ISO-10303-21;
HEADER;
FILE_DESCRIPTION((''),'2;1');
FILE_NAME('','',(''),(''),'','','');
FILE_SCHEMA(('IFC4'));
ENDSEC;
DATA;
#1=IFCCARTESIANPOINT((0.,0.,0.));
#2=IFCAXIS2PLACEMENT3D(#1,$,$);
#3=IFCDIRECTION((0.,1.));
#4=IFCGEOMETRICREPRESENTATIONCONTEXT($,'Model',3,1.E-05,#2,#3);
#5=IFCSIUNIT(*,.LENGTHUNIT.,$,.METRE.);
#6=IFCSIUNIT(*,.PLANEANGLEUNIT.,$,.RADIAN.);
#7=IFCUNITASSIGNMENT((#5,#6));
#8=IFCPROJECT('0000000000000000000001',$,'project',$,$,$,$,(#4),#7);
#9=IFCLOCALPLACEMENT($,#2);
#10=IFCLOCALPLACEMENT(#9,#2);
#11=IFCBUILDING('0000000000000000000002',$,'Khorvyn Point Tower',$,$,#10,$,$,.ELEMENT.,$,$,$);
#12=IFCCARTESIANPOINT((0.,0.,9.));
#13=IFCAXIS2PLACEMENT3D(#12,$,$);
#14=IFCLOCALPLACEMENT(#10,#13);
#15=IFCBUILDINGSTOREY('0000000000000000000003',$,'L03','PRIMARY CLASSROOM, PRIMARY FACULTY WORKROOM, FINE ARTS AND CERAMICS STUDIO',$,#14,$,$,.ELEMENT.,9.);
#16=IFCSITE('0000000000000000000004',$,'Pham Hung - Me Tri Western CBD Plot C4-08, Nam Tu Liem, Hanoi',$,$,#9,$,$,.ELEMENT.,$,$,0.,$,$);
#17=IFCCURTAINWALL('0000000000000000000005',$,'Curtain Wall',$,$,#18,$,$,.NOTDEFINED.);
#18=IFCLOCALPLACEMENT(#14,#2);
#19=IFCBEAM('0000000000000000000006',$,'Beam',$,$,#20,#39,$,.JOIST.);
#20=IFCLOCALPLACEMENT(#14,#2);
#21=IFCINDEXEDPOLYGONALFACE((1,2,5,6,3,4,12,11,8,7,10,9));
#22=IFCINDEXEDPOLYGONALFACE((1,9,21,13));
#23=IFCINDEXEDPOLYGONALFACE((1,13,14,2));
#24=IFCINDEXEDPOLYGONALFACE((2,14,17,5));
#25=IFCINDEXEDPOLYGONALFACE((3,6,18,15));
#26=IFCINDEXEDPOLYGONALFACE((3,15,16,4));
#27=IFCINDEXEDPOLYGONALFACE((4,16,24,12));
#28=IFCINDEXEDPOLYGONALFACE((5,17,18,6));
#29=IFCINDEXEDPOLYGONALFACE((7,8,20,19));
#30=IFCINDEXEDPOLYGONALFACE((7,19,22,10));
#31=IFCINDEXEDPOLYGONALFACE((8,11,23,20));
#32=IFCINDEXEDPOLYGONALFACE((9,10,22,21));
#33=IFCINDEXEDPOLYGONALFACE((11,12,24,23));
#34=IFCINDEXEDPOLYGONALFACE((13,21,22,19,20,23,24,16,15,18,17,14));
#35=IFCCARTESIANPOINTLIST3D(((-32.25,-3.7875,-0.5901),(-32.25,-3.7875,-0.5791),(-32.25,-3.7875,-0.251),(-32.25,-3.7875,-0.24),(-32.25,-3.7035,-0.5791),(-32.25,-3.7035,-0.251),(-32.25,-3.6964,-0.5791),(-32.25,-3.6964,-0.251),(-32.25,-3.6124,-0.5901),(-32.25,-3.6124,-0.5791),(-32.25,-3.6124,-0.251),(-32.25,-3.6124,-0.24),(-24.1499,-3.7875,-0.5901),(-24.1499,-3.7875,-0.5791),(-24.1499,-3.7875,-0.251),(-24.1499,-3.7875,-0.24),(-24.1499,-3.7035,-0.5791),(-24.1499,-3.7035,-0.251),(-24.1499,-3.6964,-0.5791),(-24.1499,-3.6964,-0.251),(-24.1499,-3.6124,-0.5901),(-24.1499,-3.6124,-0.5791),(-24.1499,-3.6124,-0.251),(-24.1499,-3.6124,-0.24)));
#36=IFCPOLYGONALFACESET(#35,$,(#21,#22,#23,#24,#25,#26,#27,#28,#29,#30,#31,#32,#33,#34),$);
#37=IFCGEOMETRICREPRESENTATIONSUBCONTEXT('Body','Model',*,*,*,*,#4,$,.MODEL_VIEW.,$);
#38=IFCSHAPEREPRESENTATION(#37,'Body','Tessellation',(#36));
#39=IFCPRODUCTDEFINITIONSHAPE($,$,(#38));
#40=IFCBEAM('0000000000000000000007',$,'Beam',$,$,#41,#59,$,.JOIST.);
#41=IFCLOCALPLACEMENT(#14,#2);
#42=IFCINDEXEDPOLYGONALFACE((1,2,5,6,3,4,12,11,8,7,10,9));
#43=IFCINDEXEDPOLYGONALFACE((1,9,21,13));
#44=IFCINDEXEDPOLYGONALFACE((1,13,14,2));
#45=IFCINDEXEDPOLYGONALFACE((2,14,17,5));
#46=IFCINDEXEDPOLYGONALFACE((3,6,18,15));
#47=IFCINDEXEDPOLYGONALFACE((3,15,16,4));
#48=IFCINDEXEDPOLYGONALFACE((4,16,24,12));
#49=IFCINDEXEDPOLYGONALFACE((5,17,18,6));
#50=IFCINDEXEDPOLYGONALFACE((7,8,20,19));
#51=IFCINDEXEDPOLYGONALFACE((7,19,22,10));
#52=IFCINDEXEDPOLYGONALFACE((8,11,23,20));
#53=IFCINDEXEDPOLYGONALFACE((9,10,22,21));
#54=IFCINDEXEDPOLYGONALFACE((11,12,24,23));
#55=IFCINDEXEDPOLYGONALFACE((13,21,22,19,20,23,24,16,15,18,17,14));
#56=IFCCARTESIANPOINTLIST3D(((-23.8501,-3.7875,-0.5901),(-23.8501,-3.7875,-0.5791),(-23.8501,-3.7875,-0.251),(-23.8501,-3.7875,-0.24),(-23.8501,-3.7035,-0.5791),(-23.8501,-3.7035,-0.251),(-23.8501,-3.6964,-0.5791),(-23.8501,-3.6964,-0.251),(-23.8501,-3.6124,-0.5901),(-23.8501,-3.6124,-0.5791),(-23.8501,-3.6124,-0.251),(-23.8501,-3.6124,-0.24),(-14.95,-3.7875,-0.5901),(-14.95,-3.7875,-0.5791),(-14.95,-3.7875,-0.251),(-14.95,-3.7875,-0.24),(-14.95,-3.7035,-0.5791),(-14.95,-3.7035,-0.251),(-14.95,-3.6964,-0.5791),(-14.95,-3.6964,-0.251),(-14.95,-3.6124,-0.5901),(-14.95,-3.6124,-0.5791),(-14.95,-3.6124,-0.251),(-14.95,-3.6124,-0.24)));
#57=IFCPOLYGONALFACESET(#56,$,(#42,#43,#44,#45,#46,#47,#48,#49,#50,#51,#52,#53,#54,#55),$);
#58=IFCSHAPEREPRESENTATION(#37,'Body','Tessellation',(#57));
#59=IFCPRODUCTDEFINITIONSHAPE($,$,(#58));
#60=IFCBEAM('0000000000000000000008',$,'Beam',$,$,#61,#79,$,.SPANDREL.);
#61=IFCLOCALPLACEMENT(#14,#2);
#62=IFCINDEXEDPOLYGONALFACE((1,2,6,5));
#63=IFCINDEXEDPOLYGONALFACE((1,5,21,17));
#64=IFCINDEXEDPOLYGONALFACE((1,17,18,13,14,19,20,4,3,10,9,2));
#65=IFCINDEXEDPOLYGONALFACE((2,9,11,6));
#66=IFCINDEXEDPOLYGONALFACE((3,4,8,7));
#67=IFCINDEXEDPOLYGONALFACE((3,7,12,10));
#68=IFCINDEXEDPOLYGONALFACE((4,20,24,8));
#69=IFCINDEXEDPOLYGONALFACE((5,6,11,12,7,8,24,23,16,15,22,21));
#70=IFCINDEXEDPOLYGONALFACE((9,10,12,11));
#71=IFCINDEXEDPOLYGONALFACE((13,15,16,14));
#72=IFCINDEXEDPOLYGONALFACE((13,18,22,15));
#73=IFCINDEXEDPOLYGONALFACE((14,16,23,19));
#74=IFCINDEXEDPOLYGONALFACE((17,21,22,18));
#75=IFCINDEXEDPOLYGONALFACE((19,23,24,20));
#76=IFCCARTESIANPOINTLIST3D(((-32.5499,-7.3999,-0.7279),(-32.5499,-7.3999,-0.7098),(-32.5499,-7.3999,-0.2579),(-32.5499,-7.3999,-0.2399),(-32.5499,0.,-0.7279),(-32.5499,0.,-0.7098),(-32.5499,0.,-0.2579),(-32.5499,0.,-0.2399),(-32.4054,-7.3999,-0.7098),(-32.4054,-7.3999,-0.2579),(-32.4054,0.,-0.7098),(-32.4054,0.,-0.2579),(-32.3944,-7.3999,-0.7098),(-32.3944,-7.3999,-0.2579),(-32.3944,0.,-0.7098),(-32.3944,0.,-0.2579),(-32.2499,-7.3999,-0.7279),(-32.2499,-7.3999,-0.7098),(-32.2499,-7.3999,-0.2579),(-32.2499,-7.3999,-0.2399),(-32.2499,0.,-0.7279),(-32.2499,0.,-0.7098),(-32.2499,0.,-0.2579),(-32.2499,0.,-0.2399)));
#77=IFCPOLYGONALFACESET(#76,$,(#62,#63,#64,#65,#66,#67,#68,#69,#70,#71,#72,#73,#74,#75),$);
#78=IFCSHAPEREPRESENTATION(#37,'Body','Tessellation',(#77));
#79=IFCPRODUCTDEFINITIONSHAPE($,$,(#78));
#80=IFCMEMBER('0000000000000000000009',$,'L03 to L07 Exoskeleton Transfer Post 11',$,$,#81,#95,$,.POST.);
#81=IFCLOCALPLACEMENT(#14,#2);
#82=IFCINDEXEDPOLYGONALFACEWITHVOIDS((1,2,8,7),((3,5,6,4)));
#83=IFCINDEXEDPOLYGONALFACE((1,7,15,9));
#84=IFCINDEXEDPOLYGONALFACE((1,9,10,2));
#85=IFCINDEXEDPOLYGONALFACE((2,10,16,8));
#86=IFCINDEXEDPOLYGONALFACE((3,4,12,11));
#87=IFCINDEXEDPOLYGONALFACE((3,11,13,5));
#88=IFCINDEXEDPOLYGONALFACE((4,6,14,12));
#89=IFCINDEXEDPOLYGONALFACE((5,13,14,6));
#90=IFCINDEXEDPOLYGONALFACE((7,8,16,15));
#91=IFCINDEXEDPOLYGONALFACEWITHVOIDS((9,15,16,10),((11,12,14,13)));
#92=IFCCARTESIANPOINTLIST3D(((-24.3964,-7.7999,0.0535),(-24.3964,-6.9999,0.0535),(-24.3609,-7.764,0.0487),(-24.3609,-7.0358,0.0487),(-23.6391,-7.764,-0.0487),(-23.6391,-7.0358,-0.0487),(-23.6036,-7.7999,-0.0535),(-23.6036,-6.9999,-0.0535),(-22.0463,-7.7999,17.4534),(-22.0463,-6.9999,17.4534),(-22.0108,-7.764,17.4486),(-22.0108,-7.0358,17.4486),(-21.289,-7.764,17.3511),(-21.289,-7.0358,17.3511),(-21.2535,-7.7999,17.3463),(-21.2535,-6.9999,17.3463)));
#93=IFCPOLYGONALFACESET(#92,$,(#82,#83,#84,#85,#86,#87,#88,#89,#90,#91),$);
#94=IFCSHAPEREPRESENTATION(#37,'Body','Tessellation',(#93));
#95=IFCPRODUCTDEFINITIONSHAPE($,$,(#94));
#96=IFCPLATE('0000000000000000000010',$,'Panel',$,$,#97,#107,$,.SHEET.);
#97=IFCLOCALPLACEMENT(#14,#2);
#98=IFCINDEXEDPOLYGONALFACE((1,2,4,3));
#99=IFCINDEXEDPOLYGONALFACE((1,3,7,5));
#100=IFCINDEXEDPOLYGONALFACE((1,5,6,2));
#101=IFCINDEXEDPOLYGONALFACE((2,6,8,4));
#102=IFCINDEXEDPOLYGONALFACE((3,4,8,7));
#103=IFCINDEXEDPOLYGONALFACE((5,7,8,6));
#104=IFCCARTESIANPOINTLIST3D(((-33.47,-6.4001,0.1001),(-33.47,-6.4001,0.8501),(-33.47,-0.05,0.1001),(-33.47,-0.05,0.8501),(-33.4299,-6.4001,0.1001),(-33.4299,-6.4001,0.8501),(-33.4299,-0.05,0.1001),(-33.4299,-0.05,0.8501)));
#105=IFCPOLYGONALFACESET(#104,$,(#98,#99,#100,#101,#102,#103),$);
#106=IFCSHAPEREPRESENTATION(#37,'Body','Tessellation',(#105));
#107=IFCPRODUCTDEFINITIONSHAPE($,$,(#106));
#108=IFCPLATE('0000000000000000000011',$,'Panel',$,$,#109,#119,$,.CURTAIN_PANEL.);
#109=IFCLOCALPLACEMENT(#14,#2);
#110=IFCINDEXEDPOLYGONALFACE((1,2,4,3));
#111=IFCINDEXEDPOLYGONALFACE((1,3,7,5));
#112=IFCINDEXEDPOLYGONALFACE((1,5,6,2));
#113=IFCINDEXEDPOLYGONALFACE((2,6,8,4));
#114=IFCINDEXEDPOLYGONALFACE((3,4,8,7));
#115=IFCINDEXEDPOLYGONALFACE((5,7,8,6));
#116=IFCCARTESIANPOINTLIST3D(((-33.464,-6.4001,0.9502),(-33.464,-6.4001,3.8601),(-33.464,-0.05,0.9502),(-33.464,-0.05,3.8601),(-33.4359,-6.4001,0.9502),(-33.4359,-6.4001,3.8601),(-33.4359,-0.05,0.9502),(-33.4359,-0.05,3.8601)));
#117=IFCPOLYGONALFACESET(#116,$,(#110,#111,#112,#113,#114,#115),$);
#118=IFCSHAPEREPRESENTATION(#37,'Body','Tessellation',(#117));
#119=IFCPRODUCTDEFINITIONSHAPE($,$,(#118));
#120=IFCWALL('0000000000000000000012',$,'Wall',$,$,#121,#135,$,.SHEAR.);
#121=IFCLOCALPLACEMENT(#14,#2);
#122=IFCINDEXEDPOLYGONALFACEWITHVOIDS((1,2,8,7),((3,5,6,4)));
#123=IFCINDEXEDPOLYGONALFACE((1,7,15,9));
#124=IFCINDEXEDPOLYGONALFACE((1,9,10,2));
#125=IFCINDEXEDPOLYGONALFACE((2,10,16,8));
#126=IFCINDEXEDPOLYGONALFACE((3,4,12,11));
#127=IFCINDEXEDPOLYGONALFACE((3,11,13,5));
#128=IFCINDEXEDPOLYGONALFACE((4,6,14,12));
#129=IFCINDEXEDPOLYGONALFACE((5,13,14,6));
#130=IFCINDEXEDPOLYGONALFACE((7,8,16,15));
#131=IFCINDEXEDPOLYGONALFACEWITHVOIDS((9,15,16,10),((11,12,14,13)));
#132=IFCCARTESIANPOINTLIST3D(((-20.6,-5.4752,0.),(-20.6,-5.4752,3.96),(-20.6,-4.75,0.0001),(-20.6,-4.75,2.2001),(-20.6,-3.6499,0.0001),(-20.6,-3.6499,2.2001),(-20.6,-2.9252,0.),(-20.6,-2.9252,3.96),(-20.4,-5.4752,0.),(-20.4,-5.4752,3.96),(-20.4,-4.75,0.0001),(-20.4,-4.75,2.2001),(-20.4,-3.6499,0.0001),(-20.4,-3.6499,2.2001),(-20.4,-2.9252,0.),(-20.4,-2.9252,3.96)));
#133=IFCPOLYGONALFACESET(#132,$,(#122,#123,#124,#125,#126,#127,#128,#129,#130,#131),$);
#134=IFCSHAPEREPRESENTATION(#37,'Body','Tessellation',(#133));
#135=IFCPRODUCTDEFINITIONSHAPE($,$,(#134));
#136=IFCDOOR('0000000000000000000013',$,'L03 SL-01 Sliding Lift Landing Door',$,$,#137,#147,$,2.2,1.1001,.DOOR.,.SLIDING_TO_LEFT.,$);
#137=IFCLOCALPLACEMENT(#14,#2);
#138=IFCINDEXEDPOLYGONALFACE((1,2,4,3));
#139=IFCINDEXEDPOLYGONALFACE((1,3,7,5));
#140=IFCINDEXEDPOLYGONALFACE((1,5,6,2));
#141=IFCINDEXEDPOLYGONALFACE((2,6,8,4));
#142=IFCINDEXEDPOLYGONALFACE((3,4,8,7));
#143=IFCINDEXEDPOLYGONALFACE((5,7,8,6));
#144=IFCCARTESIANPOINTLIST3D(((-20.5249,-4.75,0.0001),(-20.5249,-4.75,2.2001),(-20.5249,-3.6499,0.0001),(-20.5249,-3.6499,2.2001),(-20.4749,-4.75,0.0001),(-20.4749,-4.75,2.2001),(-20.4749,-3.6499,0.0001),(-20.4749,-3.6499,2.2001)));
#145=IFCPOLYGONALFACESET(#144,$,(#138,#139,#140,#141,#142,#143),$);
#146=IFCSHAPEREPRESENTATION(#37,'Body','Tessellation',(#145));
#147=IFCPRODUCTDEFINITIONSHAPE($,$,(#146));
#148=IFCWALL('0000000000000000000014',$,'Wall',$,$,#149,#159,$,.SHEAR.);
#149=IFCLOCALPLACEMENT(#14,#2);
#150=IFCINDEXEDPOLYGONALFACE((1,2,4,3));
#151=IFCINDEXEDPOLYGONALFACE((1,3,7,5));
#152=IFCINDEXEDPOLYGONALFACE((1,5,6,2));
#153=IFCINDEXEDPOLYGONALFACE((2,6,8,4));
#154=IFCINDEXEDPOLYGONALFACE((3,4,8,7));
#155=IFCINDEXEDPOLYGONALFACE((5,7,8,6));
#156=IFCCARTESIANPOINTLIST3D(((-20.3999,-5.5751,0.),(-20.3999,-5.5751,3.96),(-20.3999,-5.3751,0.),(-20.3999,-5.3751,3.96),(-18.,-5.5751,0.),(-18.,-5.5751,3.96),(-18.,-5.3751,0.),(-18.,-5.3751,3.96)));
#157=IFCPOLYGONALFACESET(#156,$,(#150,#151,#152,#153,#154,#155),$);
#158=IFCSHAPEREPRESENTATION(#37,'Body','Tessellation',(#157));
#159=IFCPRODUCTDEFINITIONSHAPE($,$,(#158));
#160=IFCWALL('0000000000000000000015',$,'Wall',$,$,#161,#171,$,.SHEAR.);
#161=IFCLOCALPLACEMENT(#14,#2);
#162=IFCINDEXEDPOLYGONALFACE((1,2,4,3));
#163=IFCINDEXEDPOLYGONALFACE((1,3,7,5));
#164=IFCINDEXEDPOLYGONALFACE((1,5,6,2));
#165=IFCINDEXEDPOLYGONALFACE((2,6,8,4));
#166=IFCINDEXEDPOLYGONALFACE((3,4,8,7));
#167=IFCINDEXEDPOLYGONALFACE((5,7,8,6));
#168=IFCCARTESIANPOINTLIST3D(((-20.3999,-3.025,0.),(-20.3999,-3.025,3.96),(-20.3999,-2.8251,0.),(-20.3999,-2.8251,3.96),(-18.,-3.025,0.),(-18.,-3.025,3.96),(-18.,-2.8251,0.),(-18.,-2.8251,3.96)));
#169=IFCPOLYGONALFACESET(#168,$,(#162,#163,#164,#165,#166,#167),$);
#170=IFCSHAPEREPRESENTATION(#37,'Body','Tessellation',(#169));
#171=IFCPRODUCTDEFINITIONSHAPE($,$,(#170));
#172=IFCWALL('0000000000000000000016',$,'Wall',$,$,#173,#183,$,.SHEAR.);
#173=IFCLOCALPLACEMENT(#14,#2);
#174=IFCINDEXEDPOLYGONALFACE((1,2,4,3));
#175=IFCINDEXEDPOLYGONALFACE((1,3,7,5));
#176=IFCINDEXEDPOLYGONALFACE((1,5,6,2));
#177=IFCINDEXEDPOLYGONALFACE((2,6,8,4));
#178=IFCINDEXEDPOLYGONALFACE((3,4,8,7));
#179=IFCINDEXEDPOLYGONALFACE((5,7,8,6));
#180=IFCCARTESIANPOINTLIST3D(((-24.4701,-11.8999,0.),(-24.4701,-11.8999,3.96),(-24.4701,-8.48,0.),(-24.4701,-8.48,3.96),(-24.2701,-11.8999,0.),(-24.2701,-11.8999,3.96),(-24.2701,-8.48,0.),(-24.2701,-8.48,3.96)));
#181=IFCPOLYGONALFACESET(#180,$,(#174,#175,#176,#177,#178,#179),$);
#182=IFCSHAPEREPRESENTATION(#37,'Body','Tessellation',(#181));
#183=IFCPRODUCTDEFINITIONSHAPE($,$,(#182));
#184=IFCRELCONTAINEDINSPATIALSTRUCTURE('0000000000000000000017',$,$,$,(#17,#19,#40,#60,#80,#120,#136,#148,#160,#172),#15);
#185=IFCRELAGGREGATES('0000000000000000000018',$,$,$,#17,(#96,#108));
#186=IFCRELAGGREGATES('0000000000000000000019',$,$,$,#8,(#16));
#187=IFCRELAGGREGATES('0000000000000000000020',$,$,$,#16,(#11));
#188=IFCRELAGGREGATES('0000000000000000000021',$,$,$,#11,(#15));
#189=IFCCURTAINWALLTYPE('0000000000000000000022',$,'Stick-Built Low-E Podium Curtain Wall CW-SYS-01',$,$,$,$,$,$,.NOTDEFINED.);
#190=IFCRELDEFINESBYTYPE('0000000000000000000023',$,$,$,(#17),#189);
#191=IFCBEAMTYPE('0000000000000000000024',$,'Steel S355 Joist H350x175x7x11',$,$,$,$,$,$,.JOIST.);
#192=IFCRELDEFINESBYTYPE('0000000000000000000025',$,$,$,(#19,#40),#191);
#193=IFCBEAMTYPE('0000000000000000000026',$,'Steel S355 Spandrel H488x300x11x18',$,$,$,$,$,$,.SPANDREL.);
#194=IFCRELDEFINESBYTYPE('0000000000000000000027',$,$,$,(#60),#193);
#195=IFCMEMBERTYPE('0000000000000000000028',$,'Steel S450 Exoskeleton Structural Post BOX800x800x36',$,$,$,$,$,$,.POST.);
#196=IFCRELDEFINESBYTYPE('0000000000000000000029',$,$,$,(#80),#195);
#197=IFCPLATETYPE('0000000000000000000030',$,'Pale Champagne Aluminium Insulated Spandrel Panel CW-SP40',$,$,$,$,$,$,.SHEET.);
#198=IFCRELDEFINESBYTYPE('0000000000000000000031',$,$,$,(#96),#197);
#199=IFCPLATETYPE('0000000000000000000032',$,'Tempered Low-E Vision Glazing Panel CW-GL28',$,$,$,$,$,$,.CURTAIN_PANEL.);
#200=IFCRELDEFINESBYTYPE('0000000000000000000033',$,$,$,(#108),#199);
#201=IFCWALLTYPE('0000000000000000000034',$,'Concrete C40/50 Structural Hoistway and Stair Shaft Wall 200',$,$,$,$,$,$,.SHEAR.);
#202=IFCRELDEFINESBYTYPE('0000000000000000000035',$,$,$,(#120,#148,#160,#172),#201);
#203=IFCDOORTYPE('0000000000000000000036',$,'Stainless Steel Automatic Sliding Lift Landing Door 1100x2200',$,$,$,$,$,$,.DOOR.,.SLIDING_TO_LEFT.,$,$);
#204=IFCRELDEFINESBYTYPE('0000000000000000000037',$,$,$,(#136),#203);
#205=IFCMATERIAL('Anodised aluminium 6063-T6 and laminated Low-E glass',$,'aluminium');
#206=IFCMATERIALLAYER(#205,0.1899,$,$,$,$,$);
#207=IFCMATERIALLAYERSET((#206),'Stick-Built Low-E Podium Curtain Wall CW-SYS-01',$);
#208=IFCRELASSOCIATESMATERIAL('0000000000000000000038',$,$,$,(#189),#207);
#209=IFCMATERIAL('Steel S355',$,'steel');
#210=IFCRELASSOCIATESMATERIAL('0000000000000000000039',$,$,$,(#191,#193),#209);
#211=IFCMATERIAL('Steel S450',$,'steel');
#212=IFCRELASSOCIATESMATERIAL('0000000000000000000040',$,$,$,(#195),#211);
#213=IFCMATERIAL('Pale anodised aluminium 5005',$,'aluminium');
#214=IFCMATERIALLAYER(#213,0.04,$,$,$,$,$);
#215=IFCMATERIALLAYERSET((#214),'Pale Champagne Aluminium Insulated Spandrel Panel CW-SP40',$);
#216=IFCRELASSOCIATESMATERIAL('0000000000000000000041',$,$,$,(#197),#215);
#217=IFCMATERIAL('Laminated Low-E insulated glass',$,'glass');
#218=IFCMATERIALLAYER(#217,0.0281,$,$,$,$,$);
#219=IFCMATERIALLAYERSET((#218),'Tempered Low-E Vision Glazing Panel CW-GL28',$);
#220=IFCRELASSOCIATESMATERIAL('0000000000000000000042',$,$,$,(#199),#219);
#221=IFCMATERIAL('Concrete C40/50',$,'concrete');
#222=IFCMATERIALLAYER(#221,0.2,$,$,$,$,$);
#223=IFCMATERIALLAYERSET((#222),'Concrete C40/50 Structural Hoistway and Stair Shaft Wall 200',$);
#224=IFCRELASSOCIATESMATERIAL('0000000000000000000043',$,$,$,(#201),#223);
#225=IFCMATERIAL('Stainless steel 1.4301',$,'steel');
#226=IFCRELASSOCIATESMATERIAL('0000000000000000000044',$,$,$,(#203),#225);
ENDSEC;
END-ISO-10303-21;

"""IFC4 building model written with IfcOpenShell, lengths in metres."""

from ifc_helpers import new_model, si_unit, direction, frame, frame_2d, origin, origin_2d, place, context, subcontext, project, spatial, rectangle, hollow_rectangle, i_section, extrude, material, layer, layer_set, material_profile, profile_set, type_object, element, fill, aggregate, save


model = new_model("IFC4")

# Units and contexts
model_context = context("Model", 3, precision=1e-05, world=origin(), true_north=direction((0.0, 1.0)))
body_context = subcontext(model_context, "Body", "Model", "MODEL_VIEW")
ifc_project = project(units=[si_unit("LENGTHUNIT", "METRE"), si_unit("PLANEANGLEUNIT", "RADIAN")], contexts=[model_context])

# Site, building, storey
site_placement = place(None, origin())
site = spatial("IfcSite", under=ifc_project, at=site_placement, Name="Pham Hung - Me Tri Western CBD Plot C4-08, Nam Tu Liem, Hanoi", CompositionType="ELEMENT", RefElevation=0.0)
building_placement = place(site_placement, origin())
building = spatial("IfcBuilding", under=site, at=building_placement, Name="Khorvyn Point Tower", CompositionType="ELEMENT")
storey_placement = place(building_placement, frame((0.0, 0.0, 9.0)))
storey = spatial("IfcBuildingStorey", under=building, at=storey_placement, Name="L03", Description="PRIMARY CLASSROOM, PRIMARY FACULTY WORKROOM, FINE ARTS AND CERAMICS STUDIO", CompositionType="ELEMENT", Elevation=9.0)

# Shared definitions
ifc_material_1 = material(Name="Concrete C40/50", Category="concrete")

# Curtain wall
ifc_material_2 = material(Name="Anodised aluminium 6063-T6 and laminated Low-E glass", Category="aluminium")
ifc_layer_1 = layer(ifc_material_2, 0.1899)
ifc_layer_set_1 = layer_set([ifc_layer_1], Name="Stick-Built Low-E Podium Curtain Wall CW-SYS-01")
curtain_wall_type = type_object("IfcCurtainWallType", Name="Stick-Built Low-E Podium Curtain Wall CW-SYS-01", PredefinedType="NOTDEFINED", material=ifc_layer_set_1)
curtain_wall_placement = place(storey_placement, origin())
curtain_wall = element("IfcCurtainWall", 1, at=curtain_wall_placement, inside=storey, type_object=curtain_wall_type, Name="Curtain Wall", PredefinedType="NOTDEFINED")

# Beams
ifc_material_3 = material(Name="Steel S355", Category="steel")
ifc_material_profile_1 = material_profile(ifc_material_3, i_section(OverallWidth=0.175, OverallDepth=0.3501, WebThickness=0.0071, FlangeThickness=0.011, at=origin_2d()))
ifc_profile_set_1 = profile_set([ifc_material_profile_1], Name="Steel S355 H350x175x7x11")
beam_type_1 = type_object("IfcBeamType", Name="Steel S355 Joist H350x175x7x11", PredefinedType="JOIST", material=ifc_profile_set_1)
beam_1_placement = place(storey_placement, frame((-32.25, -3.7, -0.415), z_axis=(1.0, 0.0, 0.0), x_axis=(0.0, 1.0, 0.0)))
element("IfcBeam", 2, at=beam_1_placement, inside=storey, type_object=beam_type_1, Name="Beam", PredefinedType="JOIST", context=body_context, shape_type="SweptSolid", body=[
    extrude(i_section(OverallWidth=0.175, OverallDepth=0.3501, WebThickness=0.0071, FlangeThickness=0.011, at=origin_2d()), origin(), (0.0, 0.0, 1.0), 8.1001),
])
beam_2_placement = place(storey_placement, frame((-23.8501, -3.7, -0.415), z_axis=(1.0, 0.0, 0.0), x_axis=(0.0, 1.0, 0.0)))
element("IfcBeam", 3, at=beam_2_placement, inside=storey, type_object=beam_type_1, Name="Beam", PredefinedType="JOIST", context=body_context, shape_type="SweptSolid", body=[
    extrude(i_section(OverallWidth=0.175, OverallDepth=0.3501, WebThickness=0.0071, FlangeThickness=0.011, at=origin_2d()), origin(), (0.0, 0.0, 1.0), 8.9001),
])
ifc_material_profile_2 = material_profile(ifc_material_3, i_section(OverallWidth=0.3, OverallDepth=0.488, WebThickness=0.011, FlangeThickness=0.0181, at=origin_2d()))
ifc_profile_set_2 = profile_set([ifc_material_profile_2], Name="Steel S355 H488x300x11x18")
beam_type_2 = type_object("IfcBeamType", Name="Steel S355 Spandrel H488x300x11x18", PredefinedType="SPANDREL", material=ifc_profile_set_2)
beam_3_placement = place(storey_placement, frame((-32.3999, -7.3999, -0.4839), z_axis=(0.0, 1.0, 0.0), x_axis=(-1.0, 0.0, 0.0)))
element("IfcBeam", 4, at=beam_3_placement, inside=storey, type_object=beam_type_2, Name="Beam", PredefinedType="SPANDREL", context=body_context, shape_type="SweptSolid", body=[
    extrude(i_section(OverallWidth=0.3, OverallDepth=0.488, WebThickness=0.011, FlangeThickness=0.0181, at=origin_2d()), origin(), (0.0, 0.0, 1.0), 7.3999),
])

# Member
ifc_material_4 = material(Name="Steel S450", Category="steel")
ifc_material_profile_3 = material_profile(ifc_material_4, hollow_rectangle(XDim=0.8, YDim=0.8, WallThickness=0.0359, at=origin_2d()))
ifc_profile_set_3 = profile_set([ifc_material_profile_3], Name="Steel S450 BOX800x800x36")
member_type_1 = type_object("IfcMemberType", Name="Steel S450 Exoskeleton Structural Post BOX800x800x36", PredefinedType="POST", material=ifc_profile_set_3)
member_1_placement = place(storey_placement, frame((-24.0, -7.3999, 0.0), z_axis=(0.133849, 0.0, 0.991002), x_axis=(0.0, 1.0, 0.0)))
element("IfcMember", 5, at=member_1_placement, inside=storey, type_object=member_type_1, Name="L03 to L07 Exoskeleton Transfer Post 11", PredefinedType="POST", context=body_context, shape_type="SweptSolid", body=[
    extrude(hollow_rectangle(XDim=0.8, YDim=0.8, WallThickness=0.0359, at=origin_2d()), origin(), (0.0, 0.0, 1.0), 17.5579),
])

# Plates
ifc_material_5 = material(Name="Pale anodised aluminium 5005", Category="aluminium")
ifc_layer_2 = layer(ifc_material_5, 0.04)
ifc_layer_set_2 = layer_set([ifc_layer_2], Name="Pale Champagne Aluminium Insulated Spandrel Panel CW-SP40")
plate_type_1 = type_object("IfcPlateType", Name="Pale Champagne Aluminium Insulated Spandrel Panel CW-SP40", PredefinedType="SHEET", material=ifc_layer_set_2)
plate_1_placement = place(storey_placement, frame((-33.45, -3.2251, 0.1001), z_axis=(0.0, 0.0, 1.0), x_axis=(0.0, 1.0, 0.0)))
plate_1 = element("IfcPlate", 6, at=plate_1_placement, type_object=plate_type_1, Name="Panel", PredefinedType="SHEET", context=body_context, shape_type="SweptSolid", body=[
    extrude(rectangle(XDim=6.3501, YDim=0.04, at=origin_2d()), origin(), (0.0, 0.0, 1.0), 0.75),
])
ifc_material_6 = material(Name="Laminated Low-E insulated glass", Category="glass")
ifc_layer_3 = layer(ifc_material_6, 0.0281)
ifc_layer_set_3 = layer_set([ifc_layer_3], Name="Tempered Low-E Vision Glazing Panel CW-GL28")
plate_type_2 = type_object("IfcPlateType", Name="Tempered Low-E Vision Glazing Panel CW-GL28", PredefinedType="CURTAIN_PANEL", material=ifc_layer_set_3)
plate_2_placement = place(storey_placement, frame((-33.45, -3.2251, 0.9502), z_axis=(0.0, 0.0, 1.0), x_axis=(0.0, 1.0, 0.0)))
plate_2 = element("IfcPlate", 7, at=plate_2_placement, type_object=plate_type_2, Name="Panel", PredefinedType="CURTAIN_PANEL", context=body_context, shape_type="SweptSolid", body=[
    extrude(rectangle(XDim=6.3501, YDim=0.0281, at=origin_2d()), origin(), (0.0, 0.0, 1.0), 2.9099),
])
aggregate(curtain_wall, [plate_1, plate_2])

# Wall, opening, door
ifc_layer_4 = layer(ifc_material_1, 0.2)
ifc_layer_set_4 = layer_set([ifc_layer_4], Name="Concrete C40/50 Structural Hoistway and Stair Shaft Wall 200")
wall_type_1 = type_object("IfcWallType", Name="Concrete C40/50 Structural Hoistway and Stair Shaft Wall 200", PredefinedType="SHEAR", material=ifc_layer_set_4)
wall_1_placement = place(storey_placement, frame((-20.5, -5.4751, 0.0), z_axis=(0.0, 0.0, 1.0), x_axis=(0.0, 1.0, 0.0)))
wall_1 = element("IfcWall", 8, at=wall_1_placement, inside=storey, type_object=wall_type_1, Name="Wall", PredefinedType="SHEAR", context=body_context, shape_type="SweptSolid", body=[
    extrude(rectangle(XDim=2.55, YDim=0.2, at=frame_2d((1.2749, 0.0))), origin(), (0.0, 0.0, 1.0), 3.96),
])
opening_1_placement = place(wall_1_placement, frame((0.7251, 0.0, 0.0)))
opening_1 = element("IfcOpeningElement", 9, at=opening_1_placement, cuts=wall_1, PredefinedType="OPENING", context=body_context, shape_type="SweptSolid", body=[
    extrude(rectangle(XDim=1.1001, YDim=2.2, at=frame_2d((0.55, 1.1001))), frame((0.0, 0.1099, 0.0), z_axis=(0.0, -1.0, 0.0), x_axis=(1.0, 0.0, 0.0)), (0.0, 0.0, 1.0), 0.22),
])
ifc_material_7 = material(Name="Stainless steel 1.4301", Category="steel")
door_type_1 = type_object("IfcDoorType", Name="Stainless Steel Automatic Sliding Lift Landing Door 1100x2200", OperationType="SLIDING_TO_LEFT", PredefinedType="DOOR", material=ifc_material_7)
door_1_placement = place(opening_1_placement, origin())
door_1 = element("IfcDoor", 10, at=door_1_placement, inside=storey, type_object=door_type_1, Name="L03 SL-01 Sliding Lift Landing Door", OperationType="SLIDING_TO_LEFT", OverallHeight=2.2, OverallWidth=1.1001, PredefinedType="DOOR", context=body_context, shape_type="SweptSolid", body=[
    extrude(rectangle(XDim=1.1001, YDim=2.2, at=frame_2d((0.55, 1.1001))), frame((0.0, 0.0249, 0.0), z_axis=(0.0, -1.0, 0.0), x_axis=(1.0, 0.0, 0.0)), (0.0, 0.0, 1.0), 0.05),
])
fill(opening_1, door_1)

# Walls
for number, where, z_axis, x_axis, name in (
    (11, (-20.3999, -5.4751, 0.0), (0.0, 0.0, 1.0), (1.0, 0.0, 0.0), "Wall"),
    (12, (-20.3999, -2.925, 0.0), (0.0, 0.0, 1.0), (1.0, 0.0, 0.0), "Wall"),
):
    element("IfcWall", number, at=place(storey_placement, frame(where, z_axis=z_axis, x_axis=x_axis)), inside=storey, type_object=wall_type_1, Name=name, PredefinedType="SHEAR", context=body_context, shape_type="SweptSolid", body=[
        extrude(rectangle(XDim=2.3999, YDim=0.2, at=frame_2d((1.2, 0.0))), origin(), (0.0, 0.0, 1.0), 3.96),
    ])
wall_2_placement = place(storey_placement, frame((-24.3701, -8.48, 0.0), z_axis=(0.0, 0.0, 1.0), x_axis=(0.0, -1.0, 0.0)))
element("IfcWall", 13, at=wall_2_placement, inside=storey, type_object=wall_type_1, Name="Wall", PredefinedType="SHEAR", context=body_context, shape_type="SweptSolid", body=[
    extrude(rectangle(XDim=3.4199, YDim=0.2, at=frame_2d((1.71, 0.0))), origin(), (0.0, 0.0, 1.0), 3.96),
])

save(model, "model.ifc")
